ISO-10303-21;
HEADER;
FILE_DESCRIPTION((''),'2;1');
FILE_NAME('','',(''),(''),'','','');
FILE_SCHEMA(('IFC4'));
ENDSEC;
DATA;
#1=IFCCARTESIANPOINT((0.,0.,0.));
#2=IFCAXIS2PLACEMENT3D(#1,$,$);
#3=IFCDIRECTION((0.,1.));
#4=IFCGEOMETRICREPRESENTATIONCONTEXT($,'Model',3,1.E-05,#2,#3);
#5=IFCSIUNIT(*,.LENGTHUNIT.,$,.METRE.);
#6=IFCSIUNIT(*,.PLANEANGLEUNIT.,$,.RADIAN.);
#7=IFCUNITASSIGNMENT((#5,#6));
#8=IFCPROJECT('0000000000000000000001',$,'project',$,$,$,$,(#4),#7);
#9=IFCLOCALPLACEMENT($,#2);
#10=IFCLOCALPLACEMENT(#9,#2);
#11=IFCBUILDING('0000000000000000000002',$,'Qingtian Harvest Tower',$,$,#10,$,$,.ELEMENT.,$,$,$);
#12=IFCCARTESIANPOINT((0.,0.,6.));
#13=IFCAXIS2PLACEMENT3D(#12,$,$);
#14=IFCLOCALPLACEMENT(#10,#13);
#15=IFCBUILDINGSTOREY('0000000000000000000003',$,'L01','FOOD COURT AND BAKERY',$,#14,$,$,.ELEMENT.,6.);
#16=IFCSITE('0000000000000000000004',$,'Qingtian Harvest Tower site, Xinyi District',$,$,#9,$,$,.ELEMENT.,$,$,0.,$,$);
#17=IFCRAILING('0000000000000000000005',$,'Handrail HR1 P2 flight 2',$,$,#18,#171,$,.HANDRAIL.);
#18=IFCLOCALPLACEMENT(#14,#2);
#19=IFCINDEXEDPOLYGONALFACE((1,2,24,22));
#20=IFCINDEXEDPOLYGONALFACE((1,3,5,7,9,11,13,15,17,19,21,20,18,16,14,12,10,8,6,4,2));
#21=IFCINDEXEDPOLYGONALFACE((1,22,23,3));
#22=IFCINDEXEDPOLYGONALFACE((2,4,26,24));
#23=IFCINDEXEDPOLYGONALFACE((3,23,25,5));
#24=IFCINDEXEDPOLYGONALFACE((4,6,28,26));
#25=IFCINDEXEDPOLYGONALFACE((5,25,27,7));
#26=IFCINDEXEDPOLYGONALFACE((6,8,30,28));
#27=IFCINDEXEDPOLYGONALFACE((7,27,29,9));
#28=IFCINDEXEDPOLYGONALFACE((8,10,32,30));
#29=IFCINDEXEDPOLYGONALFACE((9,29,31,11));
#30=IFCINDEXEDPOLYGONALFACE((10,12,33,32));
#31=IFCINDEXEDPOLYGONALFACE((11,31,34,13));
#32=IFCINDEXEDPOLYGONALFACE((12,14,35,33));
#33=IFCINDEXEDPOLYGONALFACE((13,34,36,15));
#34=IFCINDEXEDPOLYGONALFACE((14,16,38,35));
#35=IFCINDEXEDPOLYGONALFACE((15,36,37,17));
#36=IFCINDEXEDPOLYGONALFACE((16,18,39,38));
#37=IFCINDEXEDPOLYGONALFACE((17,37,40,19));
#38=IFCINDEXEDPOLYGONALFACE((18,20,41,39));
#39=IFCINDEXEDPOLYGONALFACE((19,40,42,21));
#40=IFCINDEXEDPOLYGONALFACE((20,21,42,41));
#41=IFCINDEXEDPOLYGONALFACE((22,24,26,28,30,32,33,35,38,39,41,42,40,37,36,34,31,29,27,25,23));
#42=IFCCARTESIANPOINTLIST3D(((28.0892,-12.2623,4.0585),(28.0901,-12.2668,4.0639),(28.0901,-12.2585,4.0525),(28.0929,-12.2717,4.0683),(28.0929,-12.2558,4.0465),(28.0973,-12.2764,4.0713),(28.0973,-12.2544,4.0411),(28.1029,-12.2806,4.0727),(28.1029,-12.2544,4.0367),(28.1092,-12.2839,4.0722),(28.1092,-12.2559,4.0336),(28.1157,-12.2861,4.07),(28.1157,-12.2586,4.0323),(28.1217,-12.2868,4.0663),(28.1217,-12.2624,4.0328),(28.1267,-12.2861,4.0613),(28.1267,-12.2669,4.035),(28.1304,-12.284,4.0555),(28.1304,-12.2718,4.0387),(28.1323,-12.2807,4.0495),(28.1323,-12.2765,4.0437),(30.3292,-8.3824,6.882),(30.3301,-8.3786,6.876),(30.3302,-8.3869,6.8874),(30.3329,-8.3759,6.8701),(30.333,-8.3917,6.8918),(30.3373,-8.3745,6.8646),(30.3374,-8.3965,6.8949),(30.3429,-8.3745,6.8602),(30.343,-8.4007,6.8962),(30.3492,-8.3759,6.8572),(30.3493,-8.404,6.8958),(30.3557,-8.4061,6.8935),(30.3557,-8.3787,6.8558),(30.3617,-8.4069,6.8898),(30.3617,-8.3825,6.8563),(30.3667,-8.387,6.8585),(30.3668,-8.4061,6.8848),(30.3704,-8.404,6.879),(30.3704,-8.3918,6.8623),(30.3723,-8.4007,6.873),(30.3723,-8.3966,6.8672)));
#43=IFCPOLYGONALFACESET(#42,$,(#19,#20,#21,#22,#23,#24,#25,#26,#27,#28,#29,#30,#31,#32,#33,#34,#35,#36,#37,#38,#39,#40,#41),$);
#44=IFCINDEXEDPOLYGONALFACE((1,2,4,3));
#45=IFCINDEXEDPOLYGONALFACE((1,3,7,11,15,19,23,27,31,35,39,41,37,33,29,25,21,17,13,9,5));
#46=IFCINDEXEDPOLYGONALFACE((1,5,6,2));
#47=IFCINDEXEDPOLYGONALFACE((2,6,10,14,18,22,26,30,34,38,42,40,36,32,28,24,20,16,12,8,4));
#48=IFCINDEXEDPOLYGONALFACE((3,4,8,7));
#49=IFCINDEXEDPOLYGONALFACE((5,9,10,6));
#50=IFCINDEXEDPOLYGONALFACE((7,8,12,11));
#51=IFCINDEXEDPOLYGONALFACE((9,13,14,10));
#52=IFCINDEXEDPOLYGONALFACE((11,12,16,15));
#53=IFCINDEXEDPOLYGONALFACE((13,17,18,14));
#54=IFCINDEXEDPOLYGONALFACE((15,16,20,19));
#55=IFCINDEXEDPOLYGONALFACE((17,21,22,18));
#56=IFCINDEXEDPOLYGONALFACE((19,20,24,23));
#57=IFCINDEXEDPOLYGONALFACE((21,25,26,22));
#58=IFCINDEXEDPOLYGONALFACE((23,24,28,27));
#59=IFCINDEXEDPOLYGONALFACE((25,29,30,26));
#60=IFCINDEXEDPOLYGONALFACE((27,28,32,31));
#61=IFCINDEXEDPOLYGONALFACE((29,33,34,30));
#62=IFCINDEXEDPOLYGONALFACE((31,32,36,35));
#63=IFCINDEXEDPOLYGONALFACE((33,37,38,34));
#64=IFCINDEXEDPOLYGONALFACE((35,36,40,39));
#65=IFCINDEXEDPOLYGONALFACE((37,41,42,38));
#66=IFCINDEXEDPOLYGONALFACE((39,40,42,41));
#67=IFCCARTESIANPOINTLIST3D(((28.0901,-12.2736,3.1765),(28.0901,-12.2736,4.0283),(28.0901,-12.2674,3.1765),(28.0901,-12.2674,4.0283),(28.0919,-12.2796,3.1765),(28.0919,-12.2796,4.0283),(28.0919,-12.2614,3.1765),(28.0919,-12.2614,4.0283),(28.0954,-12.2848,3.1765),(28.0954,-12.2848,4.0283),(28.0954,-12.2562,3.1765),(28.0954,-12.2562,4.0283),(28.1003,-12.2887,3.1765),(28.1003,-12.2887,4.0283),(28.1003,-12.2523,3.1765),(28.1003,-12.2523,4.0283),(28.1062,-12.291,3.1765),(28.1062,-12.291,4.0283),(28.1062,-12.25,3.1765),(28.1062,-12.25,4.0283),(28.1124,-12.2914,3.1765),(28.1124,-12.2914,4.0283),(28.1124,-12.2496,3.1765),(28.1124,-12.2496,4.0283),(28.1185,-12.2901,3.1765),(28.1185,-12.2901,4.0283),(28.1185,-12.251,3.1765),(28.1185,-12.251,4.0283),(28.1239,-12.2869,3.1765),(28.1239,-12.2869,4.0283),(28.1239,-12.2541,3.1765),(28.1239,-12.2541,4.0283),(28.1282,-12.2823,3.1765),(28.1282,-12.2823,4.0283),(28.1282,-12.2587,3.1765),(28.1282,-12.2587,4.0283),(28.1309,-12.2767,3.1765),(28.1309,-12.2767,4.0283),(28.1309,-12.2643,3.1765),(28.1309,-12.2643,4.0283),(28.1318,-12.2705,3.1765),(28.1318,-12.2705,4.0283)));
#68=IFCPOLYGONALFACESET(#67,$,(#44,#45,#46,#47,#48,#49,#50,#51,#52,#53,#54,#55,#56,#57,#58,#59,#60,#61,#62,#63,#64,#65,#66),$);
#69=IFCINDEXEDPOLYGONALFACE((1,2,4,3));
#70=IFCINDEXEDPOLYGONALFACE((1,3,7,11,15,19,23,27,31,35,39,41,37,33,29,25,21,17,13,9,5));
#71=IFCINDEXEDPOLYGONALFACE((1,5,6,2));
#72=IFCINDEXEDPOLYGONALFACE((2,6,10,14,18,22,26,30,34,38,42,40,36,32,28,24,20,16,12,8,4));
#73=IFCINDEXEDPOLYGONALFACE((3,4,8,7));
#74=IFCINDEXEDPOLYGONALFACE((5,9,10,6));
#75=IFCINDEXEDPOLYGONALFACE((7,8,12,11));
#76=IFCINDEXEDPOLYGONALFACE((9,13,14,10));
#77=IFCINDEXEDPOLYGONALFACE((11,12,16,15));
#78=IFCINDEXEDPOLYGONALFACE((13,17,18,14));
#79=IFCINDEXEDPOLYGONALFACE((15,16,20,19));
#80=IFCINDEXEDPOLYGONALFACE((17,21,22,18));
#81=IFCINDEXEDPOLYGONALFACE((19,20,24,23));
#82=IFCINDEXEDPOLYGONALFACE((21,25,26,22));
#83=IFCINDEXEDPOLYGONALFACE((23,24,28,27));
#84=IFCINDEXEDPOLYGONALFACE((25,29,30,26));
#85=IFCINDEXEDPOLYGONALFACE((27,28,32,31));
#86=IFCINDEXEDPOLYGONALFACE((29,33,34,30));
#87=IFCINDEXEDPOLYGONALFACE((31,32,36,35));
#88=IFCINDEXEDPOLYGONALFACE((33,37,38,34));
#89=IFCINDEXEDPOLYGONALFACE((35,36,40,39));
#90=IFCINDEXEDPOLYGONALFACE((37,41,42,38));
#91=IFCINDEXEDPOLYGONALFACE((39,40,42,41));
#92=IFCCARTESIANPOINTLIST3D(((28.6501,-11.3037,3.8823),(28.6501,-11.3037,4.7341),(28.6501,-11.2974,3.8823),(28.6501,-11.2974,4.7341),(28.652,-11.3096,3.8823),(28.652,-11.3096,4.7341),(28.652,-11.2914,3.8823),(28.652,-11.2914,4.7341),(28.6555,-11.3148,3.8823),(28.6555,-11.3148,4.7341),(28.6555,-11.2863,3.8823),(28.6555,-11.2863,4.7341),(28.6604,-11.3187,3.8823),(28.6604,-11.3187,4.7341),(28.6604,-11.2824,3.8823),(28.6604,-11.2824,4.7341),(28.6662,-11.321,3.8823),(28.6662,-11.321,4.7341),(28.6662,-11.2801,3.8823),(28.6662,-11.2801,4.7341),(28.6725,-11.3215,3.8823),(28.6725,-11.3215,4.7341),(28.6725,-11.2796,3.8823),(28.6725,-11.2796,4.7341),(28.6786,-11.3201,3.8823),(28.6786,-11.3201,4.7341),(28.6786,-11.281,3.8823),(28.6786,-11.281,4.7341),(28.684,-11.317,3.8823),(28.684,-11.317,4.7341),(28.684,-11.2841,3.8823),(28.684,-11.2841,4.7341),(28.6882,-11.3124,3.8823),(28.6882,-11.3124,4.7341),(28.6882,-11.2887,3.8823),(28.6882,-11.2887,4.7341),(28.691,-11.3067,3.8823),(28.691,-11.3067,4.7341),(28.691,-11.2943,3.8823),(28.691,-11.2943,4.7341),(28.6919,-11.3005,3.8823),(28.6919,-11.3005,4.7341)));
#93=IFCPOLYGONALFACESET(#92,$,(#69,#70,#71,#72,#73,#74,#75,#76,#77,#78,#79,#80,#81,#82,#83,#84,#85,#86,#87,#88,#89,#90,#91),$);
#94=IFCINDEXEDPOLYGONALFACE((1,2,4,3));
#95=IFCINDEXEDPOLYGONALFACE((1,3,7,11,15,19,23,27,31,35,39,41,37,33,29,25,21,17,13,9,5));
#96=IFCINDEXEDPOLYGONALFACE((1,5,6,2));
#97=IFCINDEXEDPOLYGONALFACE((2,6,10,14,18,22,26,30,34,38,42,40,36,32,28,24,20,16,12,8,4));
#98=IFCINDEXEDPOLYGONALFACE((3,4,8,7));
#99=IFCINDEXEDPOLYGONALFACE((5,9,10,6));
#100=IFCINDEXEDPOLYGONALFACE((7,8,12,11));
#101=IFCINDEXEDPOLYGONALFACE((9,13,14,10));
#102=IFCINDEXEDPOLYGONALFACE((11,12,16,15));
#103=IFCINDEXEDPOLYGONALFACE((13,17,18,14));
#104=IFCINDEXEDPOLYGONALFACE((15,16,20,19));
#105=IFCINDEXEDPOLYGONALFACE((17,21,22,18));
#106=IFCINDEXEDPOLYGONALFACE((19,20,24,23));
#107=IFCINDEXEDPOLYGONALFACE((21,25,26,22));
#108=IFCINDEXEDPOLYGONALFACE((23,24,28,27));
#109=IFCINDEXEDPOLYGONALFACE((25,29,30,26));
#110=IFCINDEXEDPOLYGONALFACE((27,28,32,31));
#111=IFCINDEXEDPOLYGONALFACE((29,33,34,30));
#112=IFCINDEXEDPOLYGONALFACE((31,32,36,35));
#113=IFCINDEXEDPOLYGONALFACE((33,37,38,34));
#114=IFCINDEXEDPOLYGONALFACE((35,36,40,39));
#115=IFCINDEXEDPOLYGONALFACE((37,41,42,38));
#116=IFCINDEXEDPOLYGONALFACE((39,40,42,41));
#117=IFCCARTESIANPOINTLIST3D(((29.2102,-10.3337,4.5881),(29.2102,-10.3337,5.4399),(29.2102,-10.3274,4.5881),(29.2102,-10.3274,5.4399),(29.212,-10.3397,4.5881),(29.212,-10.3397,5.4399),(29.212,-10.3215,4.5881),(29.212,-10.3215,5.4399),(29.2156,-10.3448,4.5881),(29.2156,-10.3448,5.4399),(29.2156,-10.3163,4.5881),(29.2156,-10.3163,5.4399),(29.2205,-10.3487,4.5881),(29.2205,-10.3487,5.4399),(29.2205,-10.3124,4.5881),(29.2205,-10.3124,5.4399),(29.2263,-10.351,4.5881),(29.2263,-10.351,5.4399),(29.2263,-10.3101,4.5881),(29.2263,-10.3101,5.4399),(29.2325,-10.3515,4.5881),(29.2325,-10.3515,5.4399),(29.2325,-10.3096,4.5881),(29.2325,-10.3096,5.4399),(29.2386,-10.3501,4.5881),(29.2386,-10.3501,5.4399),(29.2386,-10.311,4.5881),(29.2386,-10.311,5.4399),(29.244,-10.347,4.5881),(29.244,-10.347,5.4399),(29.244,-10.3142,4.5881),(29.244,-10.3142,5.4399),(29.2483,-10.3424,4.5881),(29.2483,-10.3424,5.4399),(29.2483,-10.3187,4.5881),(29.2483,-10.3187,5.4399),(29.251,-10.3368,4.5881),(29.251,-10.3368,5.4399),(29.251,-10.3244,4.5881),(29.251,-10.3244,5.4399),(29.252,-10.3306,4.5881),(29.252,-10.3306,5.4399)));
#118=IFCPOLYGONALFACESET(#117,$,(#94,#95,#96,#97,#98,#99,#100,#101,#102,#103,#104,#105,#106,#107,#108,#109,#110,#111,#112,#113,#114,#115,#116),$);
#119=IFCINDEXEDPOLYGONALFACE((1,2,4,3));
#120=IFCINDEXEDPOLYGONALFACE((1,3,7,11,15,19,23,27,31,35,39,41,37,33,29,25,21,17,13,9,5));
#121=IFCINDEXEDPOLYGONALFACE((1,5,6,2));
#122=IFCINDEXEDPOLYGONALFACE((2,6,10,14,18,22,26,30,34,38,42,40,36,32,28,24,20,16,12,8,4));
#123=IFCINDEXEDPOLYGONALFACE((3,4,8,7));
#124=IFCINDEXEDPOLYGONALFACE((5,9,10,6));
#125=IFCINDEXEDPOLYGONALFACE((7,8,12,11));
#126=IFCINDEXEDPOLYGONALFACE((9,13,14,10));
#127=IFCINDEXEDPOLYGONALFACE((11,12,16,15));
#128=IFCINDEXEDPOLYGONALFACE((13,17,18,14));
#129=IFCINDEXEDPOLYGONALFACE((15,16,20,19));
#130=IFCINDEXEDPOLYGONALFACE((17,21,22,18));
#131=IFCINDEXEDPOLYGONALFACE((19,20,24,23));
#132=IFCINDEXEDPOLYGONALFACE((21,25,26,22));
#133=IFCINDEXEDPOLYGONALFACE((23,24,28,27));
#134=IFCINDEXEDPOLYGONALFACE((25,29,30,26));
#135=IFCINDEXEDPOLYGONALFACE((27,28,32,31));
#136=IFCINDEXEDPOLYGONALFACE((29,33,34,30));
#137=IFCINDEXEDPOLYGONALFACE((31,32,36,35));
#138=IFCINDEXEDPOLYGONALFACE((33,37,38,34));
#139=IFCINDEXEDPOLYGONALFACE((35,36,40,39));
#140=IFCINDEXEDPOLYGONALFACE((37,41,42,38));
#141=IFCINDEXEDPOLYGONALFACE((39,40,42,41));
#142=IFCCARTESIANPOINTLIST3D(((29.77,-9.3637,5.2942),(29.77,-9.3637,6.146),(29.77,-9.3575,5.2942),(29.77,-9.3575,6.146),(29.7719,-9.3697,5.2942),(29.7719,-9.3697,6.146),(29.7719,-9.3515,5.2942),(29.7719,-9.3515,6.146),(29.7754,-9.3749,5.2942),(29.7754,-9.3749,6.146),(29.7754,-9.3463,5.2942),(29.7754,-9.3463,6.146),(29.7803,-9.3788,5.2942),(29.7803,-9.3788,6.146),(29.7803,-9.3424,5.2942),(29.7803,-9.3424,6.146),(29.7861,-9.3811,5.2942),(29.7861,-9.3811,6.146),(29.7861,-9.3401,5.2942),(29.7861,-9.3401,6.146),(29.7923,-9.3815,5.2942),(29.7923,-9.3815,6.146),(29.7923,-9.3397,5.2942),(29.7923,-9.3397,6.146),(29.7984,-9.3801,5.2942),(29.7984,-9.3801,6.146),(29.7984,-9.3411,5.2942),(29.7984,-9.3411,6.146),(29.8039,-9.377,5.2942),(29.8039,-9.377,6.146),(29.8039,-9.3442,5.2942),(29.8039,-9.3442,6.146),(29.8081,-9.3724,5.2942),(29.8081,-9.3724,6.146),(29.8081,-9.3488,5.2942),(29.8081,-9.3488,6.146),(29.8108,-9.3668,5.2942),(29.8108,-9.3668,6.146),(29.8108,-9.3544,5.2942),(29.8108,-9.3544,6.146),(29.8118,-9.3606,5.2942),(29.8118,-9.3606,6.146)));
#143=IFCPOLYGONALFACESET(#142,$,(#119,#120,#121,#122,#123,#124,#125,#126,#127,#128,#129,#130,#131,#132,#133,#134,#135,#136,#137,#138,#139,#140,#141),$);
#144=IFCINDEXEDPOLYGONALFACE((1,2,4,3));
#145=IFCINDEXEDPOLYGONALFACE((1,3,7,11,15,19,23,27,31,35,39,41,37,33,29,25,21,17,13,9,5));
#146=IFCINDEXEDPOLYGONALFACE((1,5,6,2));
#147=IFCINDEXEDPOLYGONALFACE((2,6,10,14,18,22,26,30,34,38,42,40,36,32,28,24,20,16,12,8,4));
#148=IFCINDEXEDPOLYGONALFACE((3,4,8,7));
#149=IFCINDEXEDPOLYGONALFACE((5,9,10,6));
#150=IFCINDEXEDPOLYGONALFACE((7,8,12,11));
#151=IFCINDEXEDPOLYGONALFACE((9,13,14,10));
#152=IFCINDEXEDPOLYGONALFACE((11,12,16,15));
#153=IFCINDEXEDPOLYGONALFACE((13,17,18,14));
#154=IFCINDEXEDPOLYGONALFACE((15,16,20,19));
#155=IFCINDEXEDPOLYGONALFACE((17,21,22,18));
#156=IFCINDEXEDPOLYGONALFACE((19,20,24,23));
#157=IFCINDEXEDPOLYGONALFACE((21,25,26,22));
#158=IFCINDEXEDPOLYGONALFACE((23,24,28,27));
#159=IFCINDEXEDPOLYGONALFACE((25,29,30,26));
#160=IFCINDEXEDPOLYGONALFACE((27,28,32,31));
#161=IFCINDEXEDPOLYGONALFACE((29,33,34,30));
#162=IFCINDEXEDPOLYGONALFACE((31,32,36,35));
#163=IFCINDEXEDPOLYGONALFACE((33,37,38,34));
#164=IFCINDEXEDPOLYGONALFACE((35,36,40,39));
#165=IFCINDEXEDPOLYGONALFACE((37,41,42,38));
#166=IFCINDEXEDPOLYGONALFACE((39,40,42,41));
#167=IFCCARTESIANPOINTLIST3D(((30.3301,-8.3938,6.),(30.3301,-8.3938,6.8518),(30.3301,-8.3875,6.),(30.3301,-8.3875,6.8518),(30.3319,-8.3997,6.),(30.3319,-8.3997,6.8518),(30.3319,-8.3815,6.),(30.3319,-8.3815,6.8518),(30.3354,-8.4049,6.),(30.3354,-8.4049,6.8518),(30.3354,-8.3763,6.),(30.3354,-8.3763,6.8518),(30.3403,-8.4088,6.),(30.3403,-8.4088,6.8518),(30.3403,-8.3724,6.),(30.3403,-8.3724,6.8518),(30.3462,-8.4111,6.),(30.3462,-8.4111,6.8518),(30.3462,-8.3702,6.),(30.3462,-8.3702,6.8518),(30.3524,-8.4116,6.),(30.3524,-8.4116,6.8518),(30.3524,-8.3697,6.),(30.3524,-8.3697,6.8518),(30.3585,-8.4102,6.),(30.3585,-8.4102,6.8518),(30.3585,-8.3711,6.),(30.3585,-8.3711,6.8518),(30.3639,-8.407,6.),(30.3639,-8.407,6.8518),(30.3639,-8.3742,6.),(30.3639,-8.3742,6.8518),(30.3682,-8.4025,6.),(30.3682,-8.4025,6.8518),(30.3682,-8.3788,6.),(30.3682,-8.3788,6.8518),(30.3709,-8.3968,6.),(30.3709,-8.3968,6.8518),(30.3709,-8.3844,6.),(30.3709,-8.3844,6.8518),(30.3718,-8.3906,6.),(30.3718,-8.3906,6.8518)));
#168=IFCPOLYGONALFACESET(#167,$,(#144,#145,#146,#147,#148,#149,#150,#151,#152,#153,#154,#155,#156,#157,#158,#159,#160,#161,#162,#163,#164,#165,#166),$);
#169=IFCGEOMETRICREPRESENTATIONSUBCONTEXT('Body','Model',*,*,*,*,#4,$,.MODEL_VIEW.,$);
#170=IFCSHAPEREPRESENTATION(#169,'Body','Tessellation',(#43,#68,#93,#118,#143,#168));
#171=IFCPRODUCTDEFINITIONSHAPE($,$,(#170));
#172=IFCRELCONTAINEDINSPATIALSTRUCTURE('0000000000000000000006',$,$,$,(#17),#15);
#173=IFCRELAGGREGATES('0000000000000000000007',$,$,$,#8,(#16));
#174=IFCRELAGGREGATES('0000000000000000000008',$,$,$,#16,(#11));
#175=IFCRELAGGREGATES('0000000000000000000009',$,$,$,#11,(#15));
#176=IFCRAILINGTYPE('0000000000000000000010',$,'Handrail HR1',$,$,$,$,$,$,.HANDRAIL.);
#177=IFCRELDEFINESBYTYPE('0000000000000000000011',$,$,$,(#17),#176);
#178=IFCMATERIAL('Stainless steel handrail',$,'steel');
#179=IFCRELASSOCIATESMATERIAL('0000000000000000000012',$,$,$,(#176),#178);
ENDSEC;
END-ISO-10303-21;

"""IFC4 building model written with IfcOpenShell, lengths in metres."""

from ifc_helpers import new_model, si_unit, direction, frame, origin, origin_2d, place, context, subcontext, project, spatial, circle, extrude, material, type_object, element, save


model = new_model("IFC4")

# Units and contexts
model_context = context("Model", 3, precision=1e-05, world=origin(), true_north=direction((0.0, 1.0)))
body_context = subcontext(model_context, "Body", "Model", "MODEL_VIEW")
ifc_project = project(units=[si_unit("LENGTHUNIT", "METRE"), si_unit("PLANEANGLEUNIT", "RADIAN")], contexts=[model_context])

# Site, building, storey
site_placement = place(None, origin())
site = spatial("IfcSite", under=ifc_project, at=site_placement, Name="Qingtian Harvest Tower site, Xinyi District", CompositionType="ELEMENT", RefElevation=0.0)
building_placement = place(site_placement, origin())
building = spatial("IfcBuilding", under=site, at=building_placement, Name="Qingtian Harvest Tower", CompositionType="ELEMENT")
storey_placement = place(building_placement, frame((0.0, 0.0, 6.0)))
storey = spatial("IfcBuildingStorey", under=building, at=storey_placement, Name="L01", Description="FOOD COURT AND BAKERY", CompositionType="ELEMENT", Elevation=6.0)

# Railing
ifc_material_1 = material(Name="Stainless steel handrail", Category="steel")
railing_type = type_object("IfcRailingType", Name="Handrail HR1", PredefinedType="HANDRAIL", material=ifc_material_1)
railing_1_placement = place(storey_placement, frame((28.1108, -12.2705, 3.1765)))
element("IfcRailing", 1, at=railing_1_placement, inside=storey, type_object=railing_type, Name="Handrail HR1 P2 flight 2", PredefinedType="HANDRAIL", context=body_context, shape_type="SweptSolid", body=[
    extrude(circle(Radius=0.0239, at=origin_2d()), frame((0.0, 0.0, 0.876), z_axis=(0.422993, 0.732665, 0.533178), x_axis=(-0.866031, 0.49999, 0.0)), (0.0, 0.0, 1.0), 5.2957),
    extrude(circle(Radius=0.021, at=origin_2d()), origin(), (0.0, 0.0, 1.0), 0.8518),
    extrude(circle(Radius=0.021, at=origin_2d()), frame((0.5601, 0.97, 0.7058)), (0.0, 0.0, 1.0), 0.8518),
    extrude(circle(Radius=0.021, at=origin_2d()), frame((1.1201, 1.9399, 1.4116)), (0.0, 0.0, 1.0), 0.8518),
    extrude(circle(Radius=0.021, at=origin_2d()), frame((1.6799, 2.9099, 2.1177)), (0.0, 0.0, 1.0), 0.8518),
    extrude(circle(Radius=0.021, at=origin_2d()), frame((2.24, 3.8799, 2.8235)), (0.0, 0.0, 1.0), 0.8518),
])

save(model, "model.ifc")
